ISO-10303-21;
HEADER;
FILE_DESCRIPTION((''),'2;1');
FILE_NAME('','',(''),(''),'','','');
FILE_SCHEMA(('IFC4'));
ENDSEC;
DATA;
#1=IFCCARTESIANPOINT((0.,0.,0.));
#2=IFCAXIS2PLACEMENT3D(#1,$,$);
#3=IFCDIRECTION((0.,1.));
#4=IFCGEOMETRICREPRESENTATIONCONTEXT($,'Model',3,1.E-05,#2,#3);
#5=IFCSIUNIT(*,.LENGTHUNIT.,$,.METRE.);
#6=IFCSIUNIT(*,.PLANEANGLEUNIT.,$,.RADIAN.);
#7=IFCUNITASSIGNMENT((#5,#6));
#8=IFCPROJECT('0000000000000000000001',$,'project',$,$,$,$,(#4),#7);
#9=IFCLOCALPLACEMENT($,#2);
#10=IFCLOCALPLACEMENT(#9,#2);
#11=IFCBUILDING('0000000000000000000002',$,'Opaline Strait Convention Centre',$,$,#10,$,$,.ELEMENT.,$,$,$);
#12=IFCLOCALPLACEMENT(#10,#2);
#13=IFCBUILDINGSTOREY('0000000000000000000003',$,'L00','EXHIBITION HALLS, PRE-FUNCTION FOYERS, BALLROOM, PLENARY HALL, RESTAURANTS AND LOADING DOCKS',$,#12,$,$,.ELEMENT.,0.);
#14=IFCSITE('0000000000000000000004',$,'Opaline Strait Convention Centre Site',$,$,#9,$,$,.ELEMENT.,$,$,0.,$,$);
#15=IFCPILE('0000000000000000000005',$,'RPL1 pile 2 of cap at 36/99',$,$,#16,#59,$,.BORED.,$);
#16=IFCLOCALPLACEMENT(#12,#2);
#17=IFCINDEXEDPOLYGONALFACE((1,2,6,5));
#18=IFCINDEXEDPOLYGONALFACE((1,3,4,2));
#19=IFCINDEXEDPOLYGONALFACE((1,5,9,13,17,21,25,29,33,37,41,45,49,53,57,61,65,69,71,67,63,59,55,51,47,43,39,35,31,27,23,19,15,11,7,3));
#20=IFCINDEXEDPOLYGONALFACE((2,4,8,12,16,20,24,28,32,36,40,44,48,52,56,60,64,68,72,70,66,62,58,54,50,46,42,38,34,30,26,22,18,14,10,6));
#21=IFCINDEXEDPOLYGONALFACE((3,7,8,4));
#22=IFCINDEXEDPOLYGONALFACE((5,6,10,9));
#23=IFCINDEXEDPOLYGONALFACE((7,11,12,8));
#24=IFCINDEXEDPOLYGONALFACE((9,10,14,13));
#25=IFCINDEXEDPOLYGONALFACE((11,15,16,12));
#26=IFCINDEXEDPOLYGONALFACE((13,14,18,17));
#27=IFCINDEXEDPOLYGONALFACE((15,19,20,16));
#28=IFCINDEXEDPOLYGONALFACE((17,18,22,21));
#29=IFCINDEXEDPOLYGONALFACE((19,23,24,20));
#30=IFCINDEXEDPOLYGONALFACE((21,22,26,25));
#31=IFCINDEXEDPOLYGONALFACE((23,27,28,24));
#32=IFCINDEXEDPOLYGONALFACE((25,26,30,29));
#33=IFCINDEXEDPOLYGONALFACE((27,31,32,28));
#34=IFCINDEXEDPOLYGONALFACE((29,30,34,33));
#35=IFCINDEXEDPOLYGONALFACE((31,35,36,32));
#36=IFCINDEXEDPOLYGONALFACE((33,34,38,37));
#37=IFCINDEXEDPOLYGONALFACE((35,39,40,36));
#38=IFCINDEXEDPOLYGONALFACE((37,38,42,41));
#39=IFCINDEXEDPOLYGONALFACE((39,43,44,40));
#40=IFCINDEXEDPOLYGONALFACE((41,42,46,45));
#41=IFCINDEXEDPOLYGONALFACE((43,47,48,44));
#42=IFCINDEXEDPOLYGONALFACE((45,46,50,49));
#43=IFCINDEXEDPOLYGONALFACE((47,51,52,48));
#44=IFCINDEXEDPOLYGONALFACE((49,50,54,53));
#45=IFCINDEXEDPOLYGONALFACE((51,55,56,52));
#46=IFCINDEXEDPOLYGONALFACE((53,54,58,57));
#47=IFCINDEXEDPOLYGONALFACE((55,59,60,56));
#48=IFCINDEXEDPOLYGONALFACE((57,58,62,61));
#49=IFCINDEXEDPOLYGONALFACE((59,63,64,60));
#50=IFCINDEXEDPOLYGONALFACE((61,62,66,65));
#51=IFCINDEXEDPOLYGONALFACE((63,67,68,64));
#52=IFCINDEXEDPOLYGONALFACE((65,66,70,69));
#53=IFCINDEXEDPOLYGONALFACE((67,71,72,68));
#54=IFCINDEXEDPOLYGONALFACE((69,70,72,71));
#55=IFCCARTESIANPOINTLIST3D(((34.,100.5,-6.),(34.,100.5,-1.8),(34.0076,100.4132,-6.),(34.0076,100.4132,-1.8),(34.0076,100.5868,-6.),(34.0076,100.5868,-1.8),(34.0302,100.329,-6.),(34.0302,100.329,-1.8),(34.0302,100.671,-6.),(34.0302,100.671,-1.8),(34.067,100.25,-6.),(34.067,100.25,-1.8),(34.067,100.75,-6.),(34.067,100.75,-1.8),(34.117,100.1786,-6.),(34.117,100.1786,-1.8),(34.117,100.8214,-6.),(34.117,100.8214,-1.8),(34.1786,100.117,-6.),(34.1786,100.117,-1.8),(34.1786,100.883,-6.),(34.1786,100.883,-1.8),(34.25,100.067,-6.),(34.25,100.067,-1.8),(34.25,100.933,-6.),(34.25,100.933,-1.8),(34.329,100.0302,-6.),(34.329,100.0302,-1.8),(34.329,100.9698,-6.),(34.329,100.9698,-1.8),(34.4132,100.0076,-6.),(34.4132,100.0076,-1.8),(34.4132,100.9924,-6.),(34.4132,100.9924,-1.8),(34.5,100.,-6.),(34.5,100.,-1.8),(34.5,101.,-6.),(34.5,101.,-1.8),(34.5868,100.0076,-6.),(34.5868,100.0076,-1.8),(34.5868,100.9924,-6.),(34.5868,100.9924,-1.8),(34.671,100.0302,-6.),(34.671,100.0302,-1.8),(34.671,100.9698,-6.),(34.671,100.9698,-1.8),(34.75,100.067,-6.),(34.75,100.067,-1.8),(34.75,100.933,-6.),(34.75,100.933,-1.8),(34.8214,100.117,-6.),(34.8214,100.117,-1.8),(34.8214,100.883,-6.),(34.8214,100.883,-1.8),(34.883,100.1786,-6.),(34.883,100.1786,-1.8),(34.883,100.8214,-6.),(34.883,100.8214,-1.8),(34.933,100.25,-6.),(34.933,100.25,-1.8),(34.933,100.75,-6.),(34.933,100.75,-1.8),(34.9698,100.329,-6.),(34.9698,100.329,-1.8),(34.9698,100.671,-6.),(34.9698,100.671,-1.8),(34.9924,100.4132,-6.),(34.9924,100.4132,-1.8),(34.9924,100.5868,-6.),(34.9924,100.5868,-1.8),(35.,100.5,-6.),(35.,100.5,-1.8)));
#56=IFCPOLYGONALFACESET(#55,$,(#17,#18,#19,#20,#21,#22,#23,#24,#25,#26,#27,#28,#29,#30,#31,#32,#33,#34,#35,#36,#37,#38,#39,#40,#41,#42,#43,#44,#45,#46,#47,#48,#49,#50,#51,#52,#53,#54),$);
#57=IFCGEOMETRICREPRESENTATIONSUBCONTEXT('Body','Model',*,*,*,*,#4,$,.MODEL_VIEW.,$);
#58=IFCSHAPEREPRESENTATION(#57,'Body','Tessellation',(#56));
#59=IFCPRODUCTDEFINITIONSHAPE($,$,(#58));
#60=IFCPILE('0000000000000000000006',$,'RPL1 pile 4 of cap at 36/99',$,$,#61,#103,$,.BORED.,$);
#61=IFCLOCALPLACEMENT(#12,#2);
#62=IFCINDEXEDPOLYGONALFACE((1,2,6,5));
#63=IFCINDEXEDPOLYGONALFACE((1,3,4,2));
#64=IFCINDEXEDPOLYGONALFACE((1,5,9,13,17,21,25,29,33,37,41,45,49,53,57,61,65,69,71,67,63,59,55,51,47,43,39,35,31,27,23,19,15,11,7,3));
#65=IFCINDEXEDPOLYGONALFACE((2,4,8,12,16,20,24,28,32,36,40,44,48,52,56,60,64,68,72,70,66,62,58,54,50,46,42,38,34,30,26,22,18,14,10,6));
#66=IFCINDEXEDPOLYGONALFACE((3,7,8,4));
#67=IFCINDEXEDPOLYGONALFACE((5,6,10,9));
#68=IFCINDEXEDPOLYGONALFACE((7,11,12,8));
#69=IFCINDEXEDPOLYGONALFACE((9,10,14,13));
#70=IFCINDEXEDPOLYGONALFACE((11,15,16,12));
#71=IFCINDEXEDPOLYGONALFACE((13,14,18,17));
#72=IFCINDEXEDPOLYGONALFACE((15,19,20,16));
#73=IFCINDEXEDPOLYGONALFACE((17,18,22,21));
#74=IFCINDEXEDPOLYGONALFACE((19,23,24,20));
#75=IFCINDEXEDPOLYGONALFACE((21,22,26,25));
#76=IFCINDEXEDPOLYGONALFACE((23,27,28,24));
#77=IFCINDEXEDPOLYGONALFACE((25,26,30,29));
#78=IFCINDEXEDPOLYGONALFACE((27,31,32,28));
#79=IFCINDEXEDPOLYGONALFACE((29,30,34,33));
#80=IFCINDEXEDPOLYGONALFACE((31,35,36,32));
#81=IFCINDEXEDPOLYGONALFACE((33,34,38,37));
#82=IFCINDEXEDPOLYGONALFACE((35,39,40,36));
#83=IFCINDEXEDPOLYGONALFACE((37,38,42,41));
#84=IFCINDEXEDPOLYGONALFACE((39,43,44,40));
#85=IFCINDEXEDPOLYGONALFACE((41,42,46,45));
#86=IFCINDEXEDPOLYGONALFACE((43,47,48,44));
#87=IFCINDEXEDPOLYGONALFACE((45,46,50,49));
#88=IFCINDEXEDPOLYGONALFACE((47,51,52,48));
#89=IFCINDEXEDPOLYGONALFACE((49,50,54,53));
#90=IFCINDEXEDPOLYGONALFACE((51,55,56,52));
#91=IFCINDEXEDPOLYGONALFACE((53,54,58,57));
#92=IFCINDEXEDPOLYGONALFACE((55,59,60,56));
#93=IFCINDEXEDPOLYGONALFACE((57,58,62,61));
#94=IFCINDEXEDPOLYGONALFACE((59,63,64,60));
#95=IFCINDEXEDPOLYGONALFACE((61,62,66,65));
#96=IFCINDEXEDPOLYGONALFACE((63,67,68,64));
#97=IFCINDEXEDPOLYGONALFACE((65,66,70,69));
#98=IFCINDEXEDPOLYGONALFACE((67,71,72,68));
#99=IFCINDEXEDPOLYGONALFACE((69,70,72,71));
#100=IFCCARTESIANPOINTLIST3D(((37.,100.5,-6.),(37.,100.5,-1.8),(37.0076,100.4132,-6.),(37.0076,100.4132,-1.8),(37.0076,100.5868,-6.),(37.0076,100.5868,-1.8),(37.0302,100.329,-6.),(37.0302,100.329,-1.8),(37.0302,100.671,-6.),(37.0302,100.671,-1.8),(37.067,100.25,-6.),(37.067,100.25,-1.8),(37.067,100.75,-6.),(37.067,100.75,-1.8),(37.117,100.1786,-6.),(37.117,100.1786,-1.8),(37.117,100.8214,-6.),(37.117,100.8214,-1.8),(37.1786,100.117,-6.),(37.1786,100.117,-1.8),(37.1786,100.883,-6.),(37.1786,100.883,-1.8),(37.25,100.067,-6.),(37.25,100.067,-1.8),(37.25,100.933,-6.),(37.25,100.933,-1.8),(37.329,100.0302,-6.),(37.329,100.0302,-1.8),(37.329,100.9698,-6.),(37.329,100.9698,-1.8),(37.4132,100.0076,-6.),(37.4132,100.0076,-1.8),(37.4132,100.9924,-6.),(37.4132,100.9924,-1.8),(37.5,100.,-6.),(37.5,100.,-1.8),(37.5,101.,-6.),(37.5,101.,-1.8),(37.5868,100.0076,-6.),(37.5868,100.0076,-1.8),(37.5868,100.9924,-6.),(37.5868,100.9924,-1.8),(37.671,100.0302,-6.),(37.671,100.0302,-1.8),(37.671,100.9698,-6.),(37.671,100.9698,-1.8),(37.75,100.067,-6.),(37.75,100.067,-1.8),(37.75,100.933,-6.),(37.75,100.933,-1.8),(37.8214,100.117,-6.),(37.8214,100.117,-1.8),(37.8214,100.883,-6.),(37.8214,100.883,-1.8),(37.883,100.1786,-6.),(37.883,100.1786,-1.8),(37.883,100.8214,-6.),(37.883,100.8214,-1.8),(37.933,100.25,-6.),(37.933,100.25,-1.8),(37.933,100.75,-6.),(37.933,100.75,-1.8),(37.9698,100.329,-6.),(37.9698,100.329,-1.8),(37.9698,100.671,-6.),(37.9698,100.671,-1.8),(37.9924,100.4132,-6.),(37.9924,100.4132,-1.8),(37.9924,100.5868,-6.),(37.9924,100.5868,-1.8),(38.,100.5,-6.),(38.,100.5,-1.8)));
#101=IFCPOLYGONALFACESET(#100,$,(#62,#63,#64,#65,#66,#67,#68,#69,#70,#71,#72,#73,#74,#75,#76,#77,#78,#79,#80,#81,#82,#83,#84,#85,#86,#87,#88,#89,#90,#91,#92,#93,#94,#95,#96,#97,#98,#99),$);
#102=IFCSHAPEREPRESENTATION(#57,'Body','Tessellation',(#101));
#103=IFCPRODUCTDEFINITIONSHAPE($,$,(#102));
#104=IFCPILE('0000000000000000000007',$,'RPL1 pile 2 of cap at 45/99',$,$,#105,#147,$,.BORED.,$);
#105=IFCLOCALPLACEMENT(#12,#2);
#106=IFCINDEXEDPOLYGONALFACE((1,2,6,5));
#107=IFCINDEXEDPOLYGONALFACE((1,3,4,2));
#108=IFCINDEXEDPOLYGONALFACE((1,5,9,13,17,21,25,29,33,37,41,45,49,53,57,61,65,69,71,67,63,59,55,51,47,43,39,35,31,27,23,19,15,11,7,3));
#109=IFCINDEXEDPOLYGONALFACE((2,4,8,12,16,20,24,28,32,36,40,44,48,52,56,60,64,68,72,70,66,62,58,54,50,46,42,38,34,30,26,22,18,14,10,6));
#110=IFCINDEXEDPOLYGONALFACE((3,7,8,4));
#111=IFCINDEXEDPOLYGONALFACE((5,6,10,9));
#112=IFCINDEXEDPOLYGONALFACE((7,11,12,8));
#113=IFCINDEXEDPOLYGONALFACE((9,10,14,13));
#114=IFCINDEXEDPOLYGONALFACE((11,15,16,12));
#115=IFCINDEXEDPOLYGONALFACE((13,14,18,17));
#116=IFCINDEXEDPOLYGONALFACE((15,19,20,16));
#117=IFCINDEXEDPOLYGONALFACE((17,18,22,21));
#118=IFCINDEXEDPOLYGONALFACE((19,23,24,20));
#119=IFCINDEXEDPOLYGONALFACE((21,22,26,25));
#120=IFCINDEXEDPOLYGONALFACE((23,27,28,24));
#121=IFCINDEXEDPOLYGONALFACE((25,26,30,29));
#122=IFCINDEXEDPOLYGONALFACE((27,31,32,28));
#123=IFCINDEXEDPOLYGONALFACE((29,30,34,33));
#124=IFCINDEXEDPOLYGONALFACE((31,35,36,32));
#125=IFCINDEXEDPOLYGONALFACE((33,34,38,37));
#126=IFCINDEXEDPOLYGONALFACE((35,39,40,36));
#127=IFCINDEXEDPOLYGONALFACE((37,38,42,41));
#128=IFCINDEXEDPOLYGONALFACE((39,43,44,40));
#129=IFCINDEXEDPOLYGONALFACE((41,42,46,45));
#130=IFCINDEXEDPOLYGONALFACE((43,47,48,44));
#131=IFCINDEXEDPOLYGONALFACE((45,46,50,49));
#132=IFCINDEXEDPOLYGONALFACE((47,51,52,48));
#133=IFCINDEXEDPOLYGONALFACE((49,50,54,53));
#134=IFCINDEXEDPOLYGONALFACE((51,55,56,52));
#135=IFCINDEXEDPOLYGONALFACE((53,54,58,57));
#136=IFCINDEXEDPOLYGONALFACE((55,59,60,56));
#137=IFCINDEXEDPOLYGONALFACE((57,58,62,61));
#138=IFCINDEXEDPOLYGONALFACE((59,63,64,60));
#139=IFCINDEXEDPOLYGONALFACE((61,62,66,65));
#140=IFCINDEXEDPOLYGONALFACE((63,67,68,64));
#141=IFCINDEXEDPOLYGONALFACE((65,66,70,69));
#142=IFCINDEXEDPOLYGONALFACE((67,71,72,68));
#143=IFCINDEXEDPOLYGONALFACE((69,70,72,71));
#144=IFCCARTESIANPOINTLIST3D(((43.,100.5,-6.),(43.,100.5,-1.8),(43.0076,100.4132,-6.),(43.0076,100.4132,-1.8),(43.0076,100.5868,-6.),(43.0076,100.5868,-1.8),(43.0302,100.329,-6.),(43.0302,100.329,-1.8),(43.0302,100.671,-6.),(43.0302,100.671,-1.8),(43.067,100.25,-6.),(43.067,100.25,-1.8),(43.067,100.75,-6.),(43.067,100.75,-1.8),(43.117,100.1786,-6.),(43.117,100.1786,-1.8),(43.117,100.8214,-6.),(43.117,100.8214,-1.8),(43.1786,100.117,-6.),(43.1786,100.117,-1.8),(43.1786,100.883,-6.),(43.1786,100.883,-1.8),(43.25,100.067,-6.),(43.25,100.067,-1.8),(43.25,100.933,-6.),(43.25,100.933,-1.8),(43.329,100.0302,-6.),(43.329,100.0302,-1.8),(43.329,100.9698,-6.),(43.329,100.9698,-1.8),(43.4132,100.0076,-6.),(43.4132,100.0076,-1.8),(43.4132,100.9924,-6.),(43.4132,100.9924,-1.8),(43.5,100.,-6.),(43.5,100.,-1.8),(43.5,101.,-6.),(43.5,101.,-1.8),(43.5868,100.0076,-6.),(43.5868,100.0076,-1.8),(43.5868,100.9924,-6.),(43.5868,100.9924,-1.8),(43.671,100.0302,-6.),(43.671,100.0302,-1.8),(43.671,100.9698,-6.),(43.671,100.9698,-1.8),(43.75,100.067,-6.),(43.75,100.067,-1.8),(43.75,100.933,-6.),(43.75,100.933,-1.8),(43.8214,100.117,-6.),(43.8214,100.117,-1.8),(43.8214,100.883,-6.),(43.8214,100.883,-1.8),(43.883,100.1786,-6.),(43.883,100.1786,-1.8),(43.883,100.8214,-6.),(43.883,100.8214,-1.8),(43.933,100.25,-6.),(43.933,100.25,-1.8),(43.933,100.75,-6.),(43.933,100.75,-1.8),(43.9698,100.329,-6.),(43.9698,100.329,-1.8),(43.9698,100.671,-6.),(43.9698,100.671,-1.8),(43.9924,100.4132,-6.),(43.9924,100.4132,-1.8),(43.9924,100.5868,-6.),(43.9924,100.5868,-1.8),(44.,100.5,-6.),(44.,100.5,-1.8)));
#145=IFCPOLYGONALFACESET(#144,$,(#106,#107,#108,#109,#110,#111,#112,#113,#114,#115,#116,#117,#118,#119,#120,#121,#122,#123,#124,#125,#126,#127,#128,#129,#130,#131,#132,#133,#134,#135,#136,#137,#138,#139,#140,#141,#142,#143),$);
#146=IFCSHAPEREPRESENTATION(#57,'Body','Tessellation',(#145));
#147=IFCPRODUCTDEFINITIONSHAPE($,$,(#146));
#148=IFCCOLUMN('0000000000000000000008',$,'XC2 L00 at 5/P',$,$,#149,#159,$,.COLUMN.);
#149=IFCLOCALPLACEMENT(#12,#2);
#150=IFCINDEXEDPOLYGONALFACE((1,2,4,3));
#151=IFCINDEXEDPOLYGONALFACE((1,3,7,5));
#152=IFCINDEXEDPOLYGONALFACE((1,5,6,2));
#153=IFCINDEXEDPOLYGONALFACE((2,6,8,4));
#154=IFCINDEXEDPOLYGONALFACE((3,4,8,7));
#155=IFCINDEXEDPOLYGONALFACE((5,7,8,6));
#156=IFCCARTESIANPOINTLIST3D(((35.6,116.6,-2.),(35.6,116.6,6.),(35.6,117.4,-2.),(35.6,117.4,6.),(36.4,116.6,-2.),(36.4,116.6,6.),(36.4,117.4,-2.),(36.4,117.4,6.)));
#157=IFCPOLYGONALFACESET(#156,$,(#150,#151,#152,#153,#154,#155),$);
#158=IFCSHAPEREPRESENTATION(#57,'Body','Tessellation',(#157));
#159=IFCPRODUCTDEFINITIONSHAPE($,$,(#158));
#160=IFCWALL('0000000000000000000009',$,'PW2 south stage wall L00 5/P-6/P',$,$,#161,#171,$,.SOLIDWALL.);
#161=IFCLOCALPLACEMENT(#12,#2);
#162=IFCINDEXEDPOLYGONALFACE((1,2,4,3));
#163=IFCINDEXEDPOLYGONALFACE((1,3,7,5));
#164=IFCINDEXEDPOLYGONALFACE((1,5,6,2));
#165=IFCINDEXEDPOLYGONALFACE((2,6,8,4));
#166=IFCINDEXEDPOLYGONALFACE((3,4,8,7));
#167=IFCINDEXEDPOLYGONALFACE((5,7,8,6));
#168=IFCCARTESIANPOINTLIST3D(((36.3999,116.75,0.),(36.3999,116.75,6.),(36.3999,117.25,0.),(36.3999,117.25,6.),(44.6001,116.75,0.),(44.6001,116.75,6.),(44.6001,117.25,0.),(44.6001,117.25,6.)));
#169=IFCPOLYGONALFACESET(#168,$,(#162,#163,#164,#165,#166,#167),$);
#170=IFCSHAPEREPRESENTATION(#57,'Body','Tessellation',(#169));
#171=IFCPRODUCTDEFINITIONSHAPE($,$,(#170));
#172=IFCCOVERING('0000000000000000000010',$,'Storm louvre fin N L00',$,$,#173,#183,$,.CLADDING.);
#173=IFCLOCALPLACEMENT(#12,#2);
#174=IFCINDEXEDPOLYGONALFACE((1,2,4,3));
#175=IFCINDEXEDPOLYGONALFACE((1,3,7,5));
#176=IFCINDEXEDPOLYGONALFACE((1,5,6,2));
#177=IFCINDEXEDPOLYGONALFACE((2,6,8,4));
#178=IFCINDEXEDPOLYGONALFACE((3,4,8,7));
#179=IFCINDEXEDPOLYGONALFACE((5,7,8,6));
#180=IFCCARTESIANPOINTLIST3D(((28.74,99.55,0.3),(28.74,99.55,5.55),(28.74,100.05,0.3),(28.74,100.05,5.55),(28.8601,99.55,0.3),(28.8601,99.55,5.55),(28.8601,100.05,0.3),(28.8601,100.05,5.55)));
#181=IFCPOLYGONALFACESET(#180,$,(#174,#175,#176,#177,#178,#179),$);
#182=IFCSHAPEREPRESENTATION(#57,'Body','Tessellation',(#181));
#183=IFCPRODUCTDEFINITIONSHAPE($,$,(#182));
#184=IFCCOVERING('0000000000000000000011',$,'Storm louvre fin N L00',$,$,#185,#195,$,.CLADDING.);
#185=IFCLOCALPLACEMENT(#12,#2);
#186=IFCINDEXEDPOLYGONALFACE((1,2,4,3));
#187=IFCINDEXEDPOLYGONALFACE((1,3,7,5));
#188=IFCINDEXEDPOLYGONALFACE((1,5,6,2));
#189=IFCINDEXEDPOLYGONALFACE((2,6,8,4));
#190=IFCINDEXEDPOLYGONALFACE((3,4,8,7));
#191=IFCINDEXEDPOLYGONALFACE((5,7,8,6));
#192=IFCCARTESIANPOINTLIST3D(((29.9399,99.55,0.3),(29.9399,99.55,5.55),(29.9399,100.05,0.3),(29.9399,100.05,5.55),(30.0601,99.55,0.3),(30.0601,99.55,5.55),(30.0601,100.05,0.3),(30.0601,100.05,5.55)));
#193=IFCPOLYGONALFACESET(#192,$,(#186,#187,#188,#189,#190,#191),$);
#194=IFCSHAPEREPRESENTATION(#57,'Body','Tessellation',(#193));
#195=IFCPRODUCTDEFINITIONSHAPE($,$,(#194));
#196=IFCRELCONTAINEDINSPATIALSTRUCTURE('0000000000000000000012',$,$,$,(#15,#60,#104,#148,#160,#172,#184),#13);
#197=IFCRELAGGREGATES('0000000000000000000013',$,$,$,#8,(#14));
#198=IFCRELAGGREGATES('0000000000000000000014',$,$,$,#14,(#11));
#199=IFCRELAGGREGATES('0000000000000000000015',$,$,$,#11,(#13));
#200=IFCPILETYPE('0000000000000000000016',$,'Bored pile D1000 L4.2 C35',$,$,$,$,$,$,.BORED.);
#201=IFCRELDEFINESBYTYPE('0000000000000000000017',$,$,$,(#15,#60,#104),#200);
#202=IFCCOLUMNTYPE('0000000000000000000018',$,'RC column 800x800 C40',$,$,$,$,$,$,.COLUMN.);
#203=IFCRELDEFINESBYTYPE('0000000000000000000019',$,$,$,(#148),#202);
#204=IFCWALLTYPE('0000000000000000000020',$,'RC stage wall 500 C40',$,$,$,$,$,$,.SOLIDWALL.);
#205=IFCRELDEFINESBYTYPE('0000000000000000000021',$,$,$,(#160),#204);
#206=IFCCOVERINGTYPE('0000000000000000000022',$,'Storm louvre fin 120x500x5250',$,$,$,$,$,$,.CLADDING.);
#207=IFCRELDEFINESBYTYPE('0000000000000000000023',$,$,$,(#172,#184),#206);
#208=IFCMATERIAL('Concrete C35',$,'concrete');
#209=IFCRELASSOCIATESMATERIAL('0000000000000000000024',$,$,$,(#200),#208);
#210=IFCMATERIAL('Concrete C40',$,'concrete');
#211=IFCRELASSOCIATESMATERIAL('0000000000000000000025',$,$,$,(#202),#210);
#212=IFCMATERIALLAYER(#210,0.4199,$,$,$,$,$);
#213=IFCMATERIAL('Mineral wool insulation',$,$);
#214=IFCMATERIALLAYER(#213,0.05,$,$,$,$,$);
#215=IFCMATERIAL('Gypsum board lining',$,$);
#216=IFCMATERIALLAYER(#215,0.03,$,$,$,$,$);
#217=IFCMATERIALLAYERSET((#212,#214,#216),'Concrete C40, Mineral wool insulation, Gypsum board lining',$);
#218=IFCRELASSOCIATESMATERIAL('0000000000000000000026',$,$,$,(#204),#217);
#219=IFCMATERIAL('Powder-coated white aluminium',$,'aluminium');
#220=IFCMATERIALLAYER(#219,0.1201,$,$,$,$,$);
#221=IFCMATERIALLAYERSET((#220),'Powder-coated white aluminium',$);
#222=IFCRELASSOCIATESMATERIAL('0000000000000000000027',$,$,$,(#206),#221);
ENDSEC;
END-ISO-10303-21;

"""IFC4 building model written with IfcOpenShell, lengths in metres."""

from ifc_helpers import new_model, si_unit, direction, frame, frame_2d, origin, origin_2d, place, context, subcontext, project, spatial, rectangle, circle, extrude, material, layer, layer_set, material_profile, profile_set, type_object, element, save


model = new_model("IFC4")

# Units and contexts
model_context = context("Model", 3, precision=1e-05, world=origin(), true_north=direction((0.0, 1.0)))
body_context = subcontext(model_context, "Body", "Model", "MODEL_VIEW")
ifc_project = project(units=[si_unit("LENGTHUNIT", "METRE"), si_unit("PLANEANGLEUNIT", "RADIAN")], contexts=[model_context])

# Site, building, storey
site_placement = place(None, origin())
site = spatial("IfcSite", under=ifc_project, at=site_placement, Name="Opaline Strait Convention Centre Site", CompositionType="ELEMENT", RefElevation=0.0)
building_placement = place(site_placement, origin())
building = spatial("IfcBuilding", under=site, at=building_placement, Name="Opaline Strait Convention Centre", CompositionType="ELEMENT")
storey_placement = place(building_placement, origin())
storey = spatial("IfcBuildingStorey", under=building, at=storey_placement, Name="L00", Description="EXHIBITION HALLS, PRE-FUNCTION FOYERS, BALLROOM, PLENARY HALL, RESTAURANTS AND LOADING DOCKS", CompositionType="ELEMENT", Elevation=0.0)

# Piles
ifc_material_1 = material(Name="Concrete C35", Category="concrete")
ifc_material_profile_1 = material_profile(ifc_material_1, circle(Radius=0.5, at=origin_2d()), Name="D1000")
ifc_profile_set_1 = profile_set([ifc_material_profile_1], Name="Concrete C35")
pile_type_1 = type_object("IfcPileType", Name="Bored pile D1000 L4.2 C35", PredefinedType="BORED", material=ifc_profile_set_1)
for number, where, z_axis, x_axis, name in (
    (1, (34.5, 100.5, -1.8), (0.0, 0.0, -1.0), (1.0, 0.0, 0.0), "RPL1 pile 2 of cap at 36/99"),
    (2, (37.5, 100.5, -1.8), (0.0, 0.0, -1.0), (1.0, 0.0, 0.0), "RPL1 pile 4 of cap at 36/99"),
    (3, (43.5, 100.5, -1.8), (0.0, 0.0, -1.0), (1.0, 0.0, 0.0), "RPL1 pile 2 of cap at 45/99"),
):
    element("IfcPile", number, at=place(storey_placement, frame(where, z_axis=z_axis, x_axis=x_axis)), inside=storey, type_object=pile_type_1, Name=name, PredefinedType="BORED", context=body_context, shape_type="SweptSolid", body=[
        extrude(circle(Radius=0.5, at=origin_2d()), origin(), (0.0, 0.0, 1.0), 4.2),
    ])

# Column
ifc_material_2 = material(Name="Concrete C40", Category="concrete")
ifc_material_profile_2 = material_profile(ifc_material_2, rectangle(XDim=0.8, YDim=0.8, at=origin_2d()), Name="RC 800x800")
ifc_profile_set_2 = profile_set([ifc_material_profile_2], Name="Concrete C40")
column_type = type_object("IfcColumnType", Name="RC column 800x800 C40", PredefinedType="COLUMN", material=ifc_profile_set_2)
column_placement = place(storey_placement, frame((36.0, 117.0, -2.0), z_axis=(0.0, 0.0, 1.0), x_axis=(1.0, 0.0, 0.0)))
element("IfcColumn", 4, at=column_placement, inside=storey, type_object=column_type, Name="XC2 L00 at 5/P", PredefinedType="COLUMN", context=body_context, shape_type="SweptSolid", body=[
    extrude(rectangle(XDim=0.8, YDim=0.8, at=origin_2d()), origin(), (0.0, 0.0, 1.0), 8.0),
])

# Wall
ifc_layer_1 = layer(ifc_material_2, 0.4199)
ifc_material_3 = material(Name="Mineral wool insulation")
ifc_layer_2 = layer(ifc_material_3, 0.05)
ifc_material_4 = material(Name="Gypsum board lining")
ifc_layer_3 = layer(ifc_material_4, 0.03)
ifc_layer_set_1 = layer_set([ifc_layer_1, ifc_layer_2, ifc_layer_3], Name="Concrete C40, Mineral wool insulation, Gypsum board lining")
wall_type = type_object("IfcWallType", Name="RC stage wall 500 C40", PredefinedType="SOLIDWALL", material=ifc_layer_set_1)
wall_placement = place(storey_placement, frame((36.3999, 117.0, 0.0), z_axis=(0.0, 0.0, 1.0), x_axis=(1.0, 0.0, 0.0)))
element("IfcWall", 5, at=wall_placement, inside=storey, type_object=wall_type, Name="PW2 south stage wall L00 5/P-6/P", PredefinedType="SOLIDWALL", context=body_context, shape_type="SweptSolid", body=[
    extrude(rectangle(XDim=8.2002, YDim=0.5, at=frame_2d((4.1001, 0.0))), origin(), (0.0, 0.0, 1.0), 6.0),
])

# Coverings
ifc_material_5 = material(Name="Powder-coated white aluminium", Category="aluminium")
ifc_layer_4 = layer(ifc_material_5, 0.1201)
ifc_layer_set_2 = layer_set([ifc_layer_4], Name="Powder-coated white aluminium")
covering_type = type_object("IfcCoveringType", Name="Storm louvre fin 120x500x5250", PredefinedType="CLADDING", material=ifc_layer_set_2)
for number, where, z_axis, x_axis, name in (
    (6, (28.8, 99.8, 0.3), (0.0, 0.0, 1.0), (1.0, 0.0, 0.0), "Storm louvre fin N L00"),
    (7, (30.0, 99.8, 0.3), (0.0, 0.0, 1.0), (1.0, 0.0, 0.0), "Storm louvre fin N L00"),
):
    element("IfcCovering", number, at=place(storey_placement, frame(where, z_axis=z_axis, x_axis=x_axis)), inside=storey, type_object=covering_type, Name=name, PredefinedType="CLADDING", context=body_context, shape_type="SweptSolid", body=[
        extrude(rectangle(XDim=0.1201, YDim=0.5, at=origin_2d()), origin(), (0.0, 0.0, 1.0), 5.25),
    ])

save(model, "model.ifc")
